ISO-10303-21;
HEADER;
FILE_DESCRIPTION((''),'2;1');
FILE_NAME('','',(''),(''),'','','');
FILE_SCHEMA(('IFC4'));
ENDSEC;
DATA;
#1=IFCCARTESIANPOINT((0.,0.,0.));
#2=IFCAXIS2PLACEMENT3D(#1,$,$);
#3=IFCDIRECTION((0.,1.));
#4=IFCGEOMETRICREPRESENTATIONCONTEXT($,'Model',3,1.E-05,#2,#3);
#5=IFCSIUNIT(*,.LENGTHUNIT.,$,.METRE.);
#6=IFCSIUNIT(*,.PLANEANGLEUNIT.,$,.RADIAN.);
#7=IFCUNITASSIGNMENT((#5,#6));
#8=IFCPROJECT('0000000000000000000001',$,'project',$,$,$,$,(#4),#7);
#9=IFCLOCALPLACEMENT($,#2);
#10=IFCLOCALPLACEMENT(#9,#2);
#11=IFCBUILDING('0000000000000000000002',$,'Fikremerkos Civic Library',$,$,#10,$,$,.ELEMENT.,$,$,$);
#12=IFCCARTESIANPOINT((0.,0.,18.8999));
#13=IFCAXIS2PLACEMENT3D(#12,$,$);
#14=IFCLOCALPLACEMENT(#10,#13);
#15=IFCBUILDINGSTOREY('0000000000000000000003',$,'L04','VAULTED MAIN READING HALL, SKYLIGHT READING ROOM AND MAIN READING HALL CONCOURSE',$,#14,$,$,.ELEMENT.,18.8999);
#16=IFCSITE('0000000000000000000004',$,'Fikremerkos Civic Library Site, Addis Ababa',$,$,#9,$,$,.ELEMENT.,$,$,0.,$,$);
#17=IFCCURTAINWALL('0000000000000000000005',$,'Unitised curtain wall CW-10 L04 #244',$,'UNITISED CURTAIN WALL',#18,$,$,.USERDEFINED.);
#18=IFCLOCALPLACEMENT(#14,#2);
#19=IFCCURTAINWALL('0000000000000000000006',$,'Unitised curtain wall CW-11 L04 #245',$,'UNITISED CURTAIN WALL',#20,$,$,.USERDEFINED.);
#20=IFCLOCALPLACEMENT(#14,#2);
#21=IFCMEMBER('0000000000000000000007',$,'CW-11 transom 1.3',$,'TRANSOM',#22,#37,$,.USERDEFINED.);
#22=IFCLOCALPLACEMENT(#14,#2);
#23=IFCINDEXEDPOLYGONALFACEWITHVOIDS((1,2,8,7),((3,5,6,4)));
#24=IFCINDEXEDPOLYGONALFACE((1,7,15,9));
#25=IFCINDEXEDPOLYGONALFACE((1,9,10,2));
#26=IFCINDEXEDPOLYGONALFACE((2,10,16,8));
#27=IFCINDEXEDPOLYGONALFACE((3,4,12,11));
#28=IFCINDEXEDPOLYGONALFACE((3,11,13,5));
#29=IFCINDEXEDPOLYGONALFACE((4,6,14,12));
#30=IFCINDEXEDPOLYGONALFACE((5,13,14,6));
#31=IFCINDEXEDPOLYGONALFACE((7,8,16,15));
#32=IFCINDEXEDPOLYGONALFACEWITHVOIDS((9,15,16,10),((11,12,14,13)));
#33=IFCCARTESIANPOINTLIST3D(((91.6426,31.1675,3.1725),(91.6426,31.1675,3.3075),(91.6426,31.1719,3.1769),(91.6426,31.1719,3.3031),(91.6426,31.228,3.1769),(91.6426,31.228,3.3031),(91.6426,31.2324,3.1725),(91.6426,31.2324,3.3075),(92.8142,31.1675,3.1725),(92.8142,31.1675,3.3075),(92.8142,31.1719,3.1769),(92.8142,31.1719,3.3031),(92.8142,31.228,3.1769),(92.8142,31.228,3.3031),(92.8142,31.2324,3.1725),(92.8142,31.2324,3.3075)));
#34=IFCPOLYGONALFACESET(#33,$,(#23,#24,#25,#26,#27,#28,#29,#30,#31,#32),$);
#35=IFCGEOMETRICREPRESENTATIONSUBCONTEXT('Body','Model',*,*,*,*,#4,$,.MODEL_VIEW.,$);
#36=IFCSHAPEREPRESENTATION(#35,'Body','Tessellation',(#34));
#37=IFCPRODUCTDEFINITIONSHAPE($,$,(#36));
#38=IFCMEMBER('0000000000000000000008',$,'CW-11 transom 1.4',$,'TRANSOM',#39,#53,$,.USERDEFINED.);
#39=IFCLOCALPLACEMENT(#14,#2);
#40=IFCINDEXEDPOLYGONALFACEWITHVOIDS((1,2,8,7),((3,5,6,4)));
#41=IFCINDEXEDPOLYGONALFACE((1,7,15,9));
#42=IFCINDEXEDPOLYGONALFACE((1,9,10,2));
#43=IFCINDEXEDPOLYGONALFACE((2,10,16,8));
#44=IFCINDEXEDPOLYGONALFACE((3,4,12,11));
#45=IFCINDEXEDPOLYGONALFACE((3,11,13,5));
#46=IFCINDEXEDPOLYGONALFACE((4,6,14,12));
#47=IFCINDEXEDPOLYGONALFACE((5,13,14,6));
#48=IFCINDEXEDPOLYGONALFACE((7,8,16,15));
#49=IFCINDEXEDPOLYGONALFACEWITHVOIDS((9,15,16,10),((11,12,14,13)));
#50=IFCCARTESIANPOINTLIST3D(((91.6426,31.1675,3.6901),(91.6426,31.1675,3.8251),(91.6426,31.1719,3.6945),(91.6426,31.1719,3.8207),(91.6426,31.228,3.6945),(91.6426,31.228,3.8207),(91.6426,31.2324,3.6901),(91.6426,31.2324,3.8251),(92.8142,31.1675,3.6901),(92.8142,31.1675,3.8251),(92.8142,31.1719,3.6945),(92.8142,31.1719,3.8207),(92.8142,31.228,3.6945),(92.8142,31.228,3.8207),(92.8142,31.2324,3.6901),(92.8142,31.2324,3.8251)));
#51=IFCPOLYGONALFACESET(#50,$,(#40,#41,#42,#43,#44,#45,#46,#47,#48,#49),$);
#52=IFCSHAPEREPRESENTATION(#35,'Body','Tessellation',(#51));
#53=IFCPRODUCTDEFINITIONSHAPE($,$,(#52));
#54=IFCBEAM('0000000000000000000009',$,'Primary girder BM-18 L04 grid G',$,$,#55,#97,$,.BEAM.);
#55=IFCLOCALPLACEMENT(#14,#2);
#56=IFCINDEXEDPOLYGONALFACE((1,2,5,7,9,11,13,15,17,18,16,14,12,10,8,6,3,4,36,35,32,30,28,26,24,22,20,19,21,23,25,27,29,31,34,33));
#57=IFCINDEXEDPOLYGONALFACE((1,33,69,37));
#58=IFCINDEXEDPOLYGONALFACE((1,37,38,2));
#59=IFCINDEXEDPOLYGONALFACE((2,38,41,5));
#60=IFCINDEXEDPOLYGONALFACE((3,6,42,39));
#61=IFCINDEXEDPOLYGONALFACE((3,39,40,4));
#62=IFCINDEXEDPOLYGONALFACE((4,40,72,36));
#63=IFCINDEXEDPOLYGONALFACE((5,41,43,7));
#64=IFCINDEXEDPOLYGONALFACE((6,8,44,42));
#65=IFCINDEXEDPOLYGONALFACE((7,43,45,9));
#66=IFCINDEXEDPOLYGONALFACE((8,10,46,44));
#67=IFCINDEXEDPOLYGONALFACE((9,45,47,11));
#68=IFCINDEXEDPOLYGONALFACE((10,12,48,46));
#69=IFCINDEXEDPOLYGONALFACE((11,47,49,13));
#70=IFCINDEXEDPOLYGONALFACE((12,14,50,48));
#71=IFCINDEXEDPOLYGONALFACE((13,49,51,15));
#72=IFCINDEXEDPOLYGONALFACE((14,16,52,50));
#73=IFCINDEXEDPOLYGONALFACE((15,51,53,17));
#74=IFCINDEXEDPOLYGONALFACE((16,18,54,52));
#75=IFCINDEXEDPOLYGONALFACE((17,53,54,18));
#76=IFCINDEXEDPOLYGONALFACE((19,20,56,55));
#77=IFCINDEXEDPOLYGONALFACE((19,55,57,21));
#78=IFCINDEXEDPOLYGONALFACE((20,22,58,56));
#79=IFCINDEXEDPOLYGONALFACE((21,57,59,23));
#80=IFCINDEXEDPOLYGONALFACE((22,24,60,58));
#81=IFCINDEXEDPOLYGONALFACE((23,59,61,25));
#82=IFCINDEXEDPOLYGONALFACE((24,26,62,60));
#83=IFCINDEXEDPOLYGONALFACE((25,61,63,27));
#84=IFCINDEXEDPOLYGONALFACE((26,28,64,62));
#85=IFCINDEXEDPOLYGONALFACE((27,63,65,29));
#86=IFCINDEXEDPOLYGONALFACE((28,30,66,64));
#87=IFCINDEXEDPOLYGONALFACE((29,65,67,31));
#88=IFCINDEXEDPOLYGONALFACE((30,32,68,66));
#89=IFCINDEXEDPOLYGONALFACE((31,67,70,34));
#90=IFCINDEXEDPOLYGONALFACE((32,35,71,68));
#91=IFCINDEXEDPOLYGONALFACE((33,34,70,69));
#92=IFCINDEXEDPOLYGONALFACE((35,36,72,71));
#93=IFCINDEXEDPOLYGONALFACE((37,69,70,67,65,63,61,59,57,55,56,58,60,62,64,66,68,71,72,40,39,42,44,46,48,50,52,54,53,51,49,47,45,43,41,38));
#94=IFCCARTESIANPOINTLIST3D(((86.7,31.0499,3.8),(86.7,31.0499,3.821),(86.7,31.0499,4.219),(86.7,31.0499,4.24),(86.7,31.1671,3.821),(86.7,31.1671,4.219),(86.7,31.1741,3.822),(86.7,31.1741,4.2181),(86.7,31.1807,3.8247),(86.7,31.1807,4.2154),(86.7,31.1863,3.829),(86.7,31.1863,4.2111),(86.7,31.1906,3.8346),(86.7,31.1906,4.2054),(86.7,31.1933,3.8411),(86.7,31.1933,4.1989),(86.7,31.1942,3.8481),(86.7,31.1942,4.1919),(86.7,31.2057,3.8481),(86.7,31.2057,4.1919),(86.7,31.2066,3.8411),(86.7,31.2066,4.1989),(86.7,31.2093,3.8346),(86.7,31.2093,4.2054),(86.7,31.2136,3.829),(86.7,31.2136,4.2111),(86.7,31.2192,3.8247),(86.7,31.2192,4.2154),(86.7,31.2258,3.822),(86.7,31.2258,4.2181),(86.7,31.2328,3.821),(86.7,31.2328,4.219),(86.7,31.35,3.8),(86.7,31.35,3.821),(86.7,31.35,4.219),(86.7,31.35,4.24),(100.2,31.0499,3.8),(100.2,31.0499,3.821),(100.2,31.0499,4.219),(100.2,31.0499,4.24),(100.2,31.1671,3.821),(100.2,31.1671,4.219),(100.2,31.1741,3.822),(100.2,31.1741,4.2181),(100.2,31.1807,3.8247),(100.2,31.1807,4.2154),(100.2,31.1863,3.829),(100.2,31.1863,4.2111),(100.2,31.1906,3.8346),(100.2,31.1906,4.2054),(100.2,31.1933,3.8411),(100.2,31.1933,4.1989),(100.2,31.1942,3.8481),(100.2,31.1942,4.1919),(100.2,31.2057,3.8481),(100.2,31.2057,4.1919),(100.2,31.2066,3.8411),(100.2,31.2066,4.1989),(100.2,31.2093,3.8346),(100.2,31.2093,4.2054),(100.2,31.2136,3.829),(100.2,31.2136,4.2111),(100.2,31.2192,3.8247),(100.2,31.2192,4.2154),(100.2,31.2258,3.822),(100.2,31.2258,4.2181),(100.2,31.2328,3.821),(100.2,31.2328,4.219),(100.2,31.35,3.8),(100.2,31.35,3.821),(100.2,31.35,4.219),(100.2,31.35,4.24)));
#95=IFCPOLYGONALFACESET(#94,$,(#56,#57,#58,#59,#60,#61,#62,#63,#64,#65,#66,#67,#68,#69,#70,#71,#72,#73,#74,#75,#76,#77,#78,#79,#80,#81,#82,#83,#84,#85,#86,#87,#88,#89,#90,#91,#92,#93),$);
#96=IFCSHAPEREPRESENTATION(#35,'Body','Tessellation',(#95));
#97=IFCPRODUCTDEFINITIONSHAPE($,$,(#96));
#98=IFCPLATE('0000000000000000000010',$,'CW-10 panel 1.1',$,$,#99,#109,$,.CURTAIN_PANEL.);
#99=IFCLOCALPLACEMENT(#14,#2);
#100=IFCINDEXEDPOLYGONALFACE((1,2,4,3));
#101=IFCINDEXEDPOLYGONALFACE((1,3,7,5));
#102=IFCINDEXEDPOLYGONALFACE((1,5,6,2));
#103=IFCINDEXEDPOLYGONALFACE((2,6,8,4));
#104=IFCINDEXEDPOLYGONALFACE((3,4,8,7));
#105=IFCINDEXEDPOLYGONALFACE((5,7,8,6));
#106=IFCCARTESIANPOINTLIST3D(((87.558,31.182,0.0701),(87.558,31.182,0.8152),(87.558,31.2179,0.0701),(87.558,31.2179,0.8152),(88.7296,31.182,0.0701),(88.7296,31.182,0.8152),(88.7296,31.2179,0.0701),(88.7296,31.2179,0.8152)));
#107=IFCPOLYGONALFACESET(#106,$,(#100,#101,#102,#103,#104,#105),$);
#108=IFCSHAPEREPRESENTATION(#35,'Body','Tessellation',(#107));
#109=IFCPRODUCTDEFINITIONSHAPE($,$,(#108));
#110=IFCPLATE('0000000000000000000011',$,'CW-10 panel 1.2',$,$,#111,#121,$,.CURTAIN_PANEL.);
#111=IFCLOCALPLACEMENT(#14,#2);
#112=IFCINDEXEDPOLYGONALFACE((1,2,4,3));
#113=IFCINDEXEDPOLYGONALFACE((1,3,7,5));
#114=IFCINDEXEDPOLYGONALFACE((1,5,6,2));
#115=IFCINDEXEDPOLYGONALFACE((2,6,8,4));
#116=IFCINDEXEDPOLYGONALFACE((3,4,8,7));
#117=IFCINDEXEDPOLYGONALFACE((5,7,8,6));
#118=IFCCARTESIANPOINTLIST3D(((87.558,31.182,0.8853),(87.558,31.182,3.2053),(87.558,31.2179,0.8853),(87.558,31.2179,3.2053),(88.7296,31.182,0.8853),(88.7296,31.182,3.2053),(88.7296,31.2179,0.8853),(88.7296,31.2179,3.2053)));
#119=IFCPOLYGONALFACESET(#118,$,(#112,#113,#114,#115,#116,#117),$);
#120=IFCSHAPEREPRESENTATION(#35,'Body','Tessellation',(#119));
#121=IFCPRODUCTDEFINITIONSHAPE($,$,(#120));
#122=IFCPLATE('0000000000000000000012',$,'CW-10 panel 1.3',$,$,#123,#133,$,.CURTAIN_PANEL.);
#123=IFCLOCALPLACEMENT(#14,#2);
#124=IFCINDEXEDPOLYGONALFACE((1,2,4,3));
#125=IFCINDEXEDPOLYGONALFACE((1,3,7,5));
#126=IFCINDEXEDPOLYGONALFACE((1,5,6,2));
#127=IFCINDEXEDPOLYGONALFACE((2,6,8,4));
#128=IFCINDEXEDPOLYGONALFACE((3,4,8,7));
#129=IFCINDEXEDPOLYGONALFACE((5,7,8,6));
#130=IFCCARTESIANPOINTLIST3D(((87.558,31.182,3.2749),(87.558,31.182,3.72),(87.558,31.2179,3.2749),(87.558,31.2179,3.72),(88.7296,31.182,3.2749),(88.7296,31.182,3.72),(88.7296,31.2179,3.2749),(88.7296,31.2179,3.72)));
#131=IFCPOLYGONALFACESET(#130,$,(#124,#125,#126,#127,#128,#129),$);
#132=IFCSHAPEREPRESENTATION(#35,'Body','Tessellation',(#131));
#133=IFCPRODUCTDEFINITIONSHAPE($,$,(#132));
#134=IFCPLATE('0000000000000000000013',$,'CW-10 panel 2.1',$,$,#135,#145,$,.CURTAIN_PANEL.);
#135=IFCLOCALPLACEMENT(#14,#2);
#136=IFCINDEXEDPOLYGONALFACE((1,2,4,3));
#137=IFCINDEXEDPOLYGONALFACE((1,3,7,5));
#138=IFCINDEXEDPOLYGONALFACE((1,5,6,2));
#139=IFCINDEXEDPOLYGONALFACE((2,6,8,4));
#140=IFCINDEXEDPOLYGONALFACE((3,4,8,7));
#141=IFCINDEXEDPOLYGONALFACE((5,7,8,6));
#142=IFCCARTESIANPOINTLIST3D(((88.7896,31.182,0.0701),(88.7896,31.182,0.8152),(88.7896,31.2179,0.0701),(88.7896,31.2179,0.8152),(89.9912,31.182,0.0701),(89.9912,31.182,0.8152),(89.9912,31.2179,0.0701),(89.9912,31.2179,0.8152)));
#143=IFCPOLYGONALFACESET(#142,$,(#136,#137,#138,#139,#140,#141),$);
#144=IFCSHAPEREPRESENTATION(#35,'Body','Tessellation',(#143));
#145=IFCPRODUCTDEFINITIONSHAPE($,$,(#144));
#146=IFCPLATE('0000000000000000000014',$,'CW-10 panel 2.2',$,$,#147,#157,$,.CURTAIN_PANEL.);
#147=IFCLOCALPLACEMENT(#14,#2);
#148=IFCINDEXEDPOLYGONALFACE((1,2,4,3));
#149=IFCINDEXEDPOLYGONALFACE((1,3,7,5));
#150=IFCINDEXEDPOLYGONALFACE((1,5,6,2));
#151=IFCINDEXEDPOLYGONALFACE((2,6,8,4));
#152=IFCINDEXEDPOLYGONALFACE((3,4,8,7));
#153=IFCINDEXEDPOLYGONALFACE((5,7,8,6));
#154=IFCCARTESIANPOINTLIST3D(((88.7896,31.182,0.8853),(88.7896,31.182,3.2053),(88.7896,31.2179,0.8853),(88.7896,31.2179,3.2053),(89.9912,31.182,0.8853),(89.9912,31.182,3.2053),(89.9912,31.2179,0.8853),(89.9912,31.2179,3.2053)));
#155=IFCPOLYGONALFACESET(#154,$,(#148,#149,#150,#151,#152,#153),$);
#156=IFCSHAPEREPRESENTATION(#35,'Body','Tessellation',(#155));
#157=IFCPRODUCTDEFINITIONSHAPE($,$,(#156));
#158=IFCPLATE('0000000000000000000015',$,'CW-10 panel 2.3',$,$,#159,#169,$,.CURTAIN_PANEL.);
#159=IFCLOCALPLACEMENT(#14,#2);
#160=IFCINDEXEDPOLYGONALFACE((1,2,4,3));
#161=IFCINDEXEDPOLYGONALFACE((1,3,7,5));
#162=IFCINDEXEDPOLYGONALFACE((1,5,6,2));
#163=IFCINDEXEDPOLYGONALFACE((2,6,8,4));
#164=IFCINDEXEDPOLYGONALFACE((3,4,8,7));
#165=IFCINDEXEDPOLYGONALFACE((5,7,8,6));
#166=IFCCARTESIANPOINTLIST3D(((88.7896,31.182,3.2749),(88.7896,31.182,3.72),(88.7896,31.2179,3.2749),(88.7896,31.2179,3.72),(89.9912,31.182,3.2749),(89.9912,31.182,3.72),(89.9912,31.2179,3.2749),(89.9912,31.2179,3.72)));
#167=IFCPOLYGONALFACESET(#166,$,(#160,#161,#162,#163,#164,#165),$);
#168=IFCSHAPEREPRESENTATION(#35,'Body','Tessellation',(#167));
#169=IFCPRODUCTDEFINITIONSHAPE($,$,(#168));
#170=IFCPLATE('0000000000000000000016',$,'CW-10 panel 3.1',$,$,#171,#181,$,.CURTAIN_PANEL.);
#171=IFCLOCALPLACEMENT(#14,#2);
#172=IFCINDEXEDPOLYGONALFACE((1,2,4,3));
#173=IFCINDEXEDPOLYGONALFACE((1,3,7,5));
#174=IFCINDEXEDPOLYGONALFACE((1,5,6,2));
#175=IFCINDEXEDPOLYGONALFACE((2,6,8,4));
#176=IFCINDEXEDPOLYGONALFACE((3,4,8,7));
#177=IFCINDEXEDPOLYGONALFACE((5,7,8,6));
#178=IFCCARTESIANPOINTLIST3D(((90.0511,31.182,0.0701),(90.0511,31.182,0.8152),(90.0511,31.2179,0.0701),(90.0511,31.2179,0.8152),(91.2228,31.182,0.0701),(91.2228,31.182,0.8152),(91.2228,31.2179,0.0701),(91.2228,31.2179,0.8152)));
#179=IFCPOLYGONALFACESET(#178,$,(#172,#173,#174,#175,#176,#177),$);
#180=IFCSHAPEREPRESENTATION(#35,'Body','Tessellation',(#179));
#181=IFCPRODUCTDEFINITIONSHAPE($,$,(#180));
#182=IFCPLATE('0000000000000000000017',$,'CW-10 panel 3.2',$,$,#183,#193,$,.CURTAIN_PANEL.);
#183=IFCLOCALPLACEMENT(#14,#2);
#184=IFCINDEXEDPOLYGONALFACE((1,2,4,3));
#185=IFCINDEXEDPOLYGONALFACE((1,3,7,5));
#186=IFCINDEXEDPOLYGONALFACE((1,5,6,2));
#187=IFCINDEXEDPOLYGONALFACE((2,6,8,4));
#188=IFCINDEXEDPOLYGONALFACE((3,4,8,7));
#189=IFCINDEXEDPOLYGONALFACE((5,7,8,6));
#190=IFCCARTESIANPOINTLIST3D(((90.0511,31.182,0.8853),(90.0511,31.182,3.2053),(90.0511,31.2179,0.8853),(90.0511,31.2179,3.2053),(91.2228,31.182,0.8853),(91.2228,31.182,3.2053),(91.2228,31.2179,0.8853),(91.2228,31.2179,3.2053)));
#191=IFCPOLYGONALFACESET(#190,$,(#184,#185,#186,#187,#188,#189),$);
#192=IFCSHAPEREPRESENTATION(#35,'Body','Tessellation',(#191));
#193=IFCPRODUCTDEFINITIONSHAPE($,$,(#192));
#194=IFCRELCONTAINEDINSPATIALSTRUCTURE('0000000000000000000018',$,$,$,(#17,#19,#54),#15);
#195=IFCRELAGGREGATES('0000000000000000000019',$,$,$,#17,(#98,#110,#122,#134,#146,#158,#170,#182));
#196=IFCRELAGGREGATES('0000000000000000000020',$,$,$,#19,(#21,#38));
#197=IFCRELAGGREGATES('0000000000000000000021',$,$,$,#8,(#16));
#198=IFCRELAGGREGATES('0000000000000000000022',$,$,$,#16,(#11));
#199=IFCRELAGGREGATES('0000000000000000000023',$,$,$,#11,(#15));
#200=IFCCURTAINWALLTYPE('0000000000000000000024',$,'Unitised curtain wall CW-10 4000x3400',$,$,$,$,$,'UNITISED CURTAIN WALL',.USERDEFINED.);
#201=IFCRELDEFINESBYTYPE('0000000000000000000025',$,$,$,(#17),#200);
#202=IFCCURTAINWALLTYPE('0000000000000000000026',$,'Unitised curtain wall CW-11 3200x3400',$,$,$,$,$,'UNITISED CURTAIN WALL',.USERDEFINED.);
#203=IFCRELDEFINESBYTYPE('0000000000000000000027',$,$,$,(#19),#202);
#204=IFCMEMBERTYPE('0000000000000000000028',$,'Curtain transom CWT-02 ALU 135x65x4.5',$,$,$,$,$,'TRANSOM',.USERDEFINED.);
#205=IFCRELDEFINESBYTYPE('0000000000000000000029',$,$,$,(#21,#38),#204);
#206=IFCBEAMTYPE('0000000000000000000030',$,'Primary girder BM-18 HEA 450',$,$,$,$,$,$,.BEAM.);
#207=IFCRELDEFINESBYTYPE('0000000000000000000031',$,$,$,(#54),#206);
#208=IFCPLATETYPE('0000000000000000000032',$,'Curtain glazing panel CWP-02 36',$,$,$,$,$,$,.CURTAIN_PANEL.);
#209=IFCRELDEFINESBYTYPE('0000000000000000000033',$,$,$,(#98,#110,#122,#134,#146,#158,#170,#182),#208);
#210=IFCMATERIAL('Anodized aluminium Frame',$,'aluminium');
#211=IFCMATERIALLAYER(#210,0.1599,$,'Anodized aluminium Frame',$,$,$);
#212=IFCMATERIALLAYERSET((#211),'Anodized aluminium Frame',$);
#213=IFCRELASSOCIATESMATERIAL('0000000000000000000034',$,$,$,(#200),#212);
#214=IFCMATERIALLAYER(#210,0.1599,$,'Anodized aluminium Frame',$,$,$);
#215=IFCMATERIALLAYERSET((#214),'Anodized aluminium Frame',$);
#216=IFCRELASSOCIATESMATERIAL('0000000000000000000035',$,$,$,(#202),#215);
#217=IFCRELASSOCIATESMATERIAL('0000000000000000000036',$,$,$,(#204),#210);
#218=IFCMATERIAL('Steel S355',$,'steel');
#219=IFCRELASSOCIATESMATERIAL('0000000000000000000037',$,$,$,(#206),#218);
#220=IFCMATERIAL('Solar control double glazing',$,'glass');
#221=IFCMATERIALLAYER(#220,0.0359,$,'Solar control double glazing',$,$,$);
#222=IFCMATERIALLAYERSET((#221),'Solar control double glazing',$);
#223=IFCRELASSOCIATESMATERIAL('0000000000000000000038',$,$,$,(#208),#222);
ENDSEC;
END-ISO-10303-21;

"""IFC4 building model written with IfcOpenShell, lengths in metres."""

from ifc_helpers import new_model, si_unit, direction, frame, origin, origin_2d, place, context, subcontext, project, spatial, rectangle, hollow_rectangle, i_section, extrude, material, layer, layer_set, material_profile, profile_set, type_object, element, aggregate, save


model = new_model("IFC4")

# Units and contexts
model_context = context("Model", 3, precision=1e-05, world=origin(), true_north=direction((0.0, 1.0)))
body_context = subcontext(model_context, "Body", "Model", "MODEL_VIEW")
ifc_project = project(units=[si_unit("LENGTHUNIT", "METRE"), si_unit("PLANEANGLEUNIT", "RADIAN")], contexts=[model_context])

# Site, building, storey
site_placement = place(None, origin())
site = spatial("IfcSite", under=ifc_project, at=site_placement, Name="Fikremerkos Civic Library Site, Addis Ababa", CompositionType="ELEMENT", RefElevation=0.0)
building_placement = place(site_placement, origin())
building = spatial("IfcBuilding", under=site, at=building_placement, Name="Fikremerkos Civic Library", CompositionType="ELEMENT")
storey_placement = place(building_placement, frame((0.0, 0.0, 18.8999)))
storey = spatial("IfcBuildingStorey", under=building, at=storey_placement, Name="L04", Description="VAULTED MAIN READING HALL, SKYLIGHT READING ROOM AND MAIN READING HALL CONCOURSE", CompositionType="ELEMENT", Elevation=18.8999)

# Shared definitions
ifc_material_1 = material(Name="Anodized aluminium Frame", Category="aluminium")

# Curtain wall
ifc_layer_1 = layer(ifc_material_1, 0.1599, Name="Anodized aluminium Frame")
ifc_layer_set_1 = layer_set([ifc_layer_1], Name="Anodized aluminium Frame")
curtain_wall_type_1 = type_object("IfcCurtainWallType", Name="Unitised curtain wall CW-10 4000x3400", ElementType="UNITISED CURTAIN WALL", PredefinedType="USERDEFINED", material=ifc_layer_set_1)
curtain_wall_1_placement = place(storey_placement, origin())
curtain_wall_1 = element("IfcCurtainWall", 1, at=curtain_wall_1_placement, inside=storey, type_object=curtain_wall_type_1, Name="Unitised curtain wall CW-10 L04 #244", ObjectType="UNITISED CURTAIN WALL", PredefinedType="USERDEFINED")

# Curtain wall
ifc_layer_2 = layer(ifc_material_1, 0.1599, Name="Anodized aluminium Frame")
ifc_layer_set_2 = layer_set([ifc_layer_2], Name="Anodized aluminium Frame")
curtain_wall_type_2 = type_object("IfcCurtainWallType", Name="Unitised curtain wall CW-11 3200x3400", ElementType="UNITISED CURTAIN WALL", PredefinedType="USERDEFINED", material=ifc_layer_set_2)
curtain_wall_2_placement = place(storey_placement, origin())
curtain_wall_2 = element("IfcCurtainWall", 2, at=curtain_wall_2_placement, inside=storey, type_object=curtain_wall_type_2, Name="Unitised curtain wall CW-11 L04 #245", ObjectType="UNITISED CURTAIN WALL", PredefinedType="USERDEFINED")

# Members
ifc_material_profile_1 = material_profile(ifc_material_1, hollow_rectangle(XDim=0.0649, YDim=0.135, WallThickness=0.0044, at=origin_2d()), Name="ALU 135x65x4.5")
ifc_profile_set_1 = profile_set([ifc_material_profile_1], Name="Anodized aluminium Frame")
member_type_1 = type_object("IfcMemberType", Name="Curtain transom CWT-02 ALU 135x65x4.5", ElementType="TRANSOM", PredefinedType="USERDEFINED", material=ifc_profile_set_1)
member_1_placement = place(storey_placement, frame((91.6426, 31.2, 3.24), z_axis=(1.0, 0.0, 0.0), x_axis=(0.0, 1.0, 0.0)))
member_1 = element("IfcMember", 3, at=member_1_placement, type_object=member_type_1, Name="CW-11 transom 1.3", ObjectType="TRANSOM", PredefinedType="USERDEFINED", context=body_context, shape_type="SweptSolid", body=[
    extrude(hollow_rectangle(XDim=0.0649, YDim=0.135, WallThickness=0.0044, at=origin_2d()), origin(), (0.0, 0.0, 1.0), 1.1716),
])
member_2_placement = place(storey_placement, frame((91.6426, 31.2, 3.7576), z_axis=(1.0, 0.0, 0.0), x_axis=(0.0, 1.0, 0.0)))
member_2 = element("IfcMember", 4, at=member_2_placement, type_object=member_type_1, Name="CW-11 transom 1.4", ObjectType="TRANSOM", PredefinedType="USERDEFINED", context=body_context, shape_type="SweptSolid", body=[
    extrude(hollow_rectangle(XDim=0.0649, YDim=0.135, WallThickness=0.0044, at=origin_2d()), origin(), (0.0, 0.0, 1.0), 1.1716),
])

# Beam
ifc_material_2 = material(Name="Steel S355", Category="steel")
ifc_material_profile_2 = material_profile(ifc_material_2, i_section(OverallWidth=0.3, OverallDepth=0.4399, WebThickness=0.0115, FlangeThickness=0.021, FilletRadius=0.0271, at=origin_2d()), Name="HEA 450")
ifc_profile_set_2 = profile_set([ifc_material_profile_2], Name="Steel S355")
beam_type = type_object("IfcBeamType", Name="Primary girder BM-18 HEA 450", PredefinedType="BEAM", material=ifc_profile_set_2)
beam_placement = place(storey_placement, frame((86.7, 31.2, 4.02), z_axis=(1.0, 0.0, 0.0), x_axis=(0.0, 1.0, 0.0)))
element("IfcBeam", 5, at=beam_placement, inside=storey, type_object=beam_type, Name="Primary girder BM-18 L04 grid G", PredefinedType="BEAM", context=body_context, shape_type="SweptSolid", body=[
    extrude(i_section(OverallWidth=0.3, OverallDepth=0.4399, WebThickness=0.0115, FlangeThickness=0.021, FilletRadius=0.0271, at=origin_2d()), origin(), (0.0, 0.0, 1.0), 13.5),
])

# Plates
ifc_material_3 = material(Name="Solar control double glazing", Category="glass")
ifc_layer_3 = layer(ifc_material_3, 0.0359, Name="Solar control double glazing")
ifc_layer_set_3 = layer_set([ifc_layer_3], Name="Solar control double glazing")
plate_type_1 = type_object("IfcPlateType", Name="Curtain glazing panel CWP-02 36", PredefinedType="CURTAIN_PANEL", material=ifc_layer_set_3)
plate_1_placement = place(storey_placement, frame((88.1438, 31.2, 0.0701), z_axis=(0.0, 0.0, 1.0), x_axis=(1.0, 0.0, 0.0)))
plate_1 = element("IfcPlate", 6, at=plate_1_placement, type_object=plate_type_1, Name="CW-10 panel 1.1", PredefinedType="CURTAIN_PANEL", context=body_context, shape_type="SweptSolid", body=[
    extrude(rectangle(XDim=1.1716, YDim=0.0359, at=origin_2d()), origin(), (0.0, 0.0, 1.0), 0.7451),
])
plate_2_placement = place(storey_placement, frame((88.1438, 31.2, 0.8853), z_axis=(0.0, 0.0, 1.0), x_axis=(1.0, 0.0, 0.0)))
plate_2 = element("IfcPlate", 7, at=plate_2_placement, type_object=plate_type_1, Name="CW-10 panel 1.2", PredefinedType="CURTAIN_PANEL", context=body_context, shape_type="SweptSolid", body=[
    extrude(rectangle(XDim=1.1716, YDim=0.0359, at=origin_2d()), origin(), (0.0, 0.0, 1.0), 2.3201),
])
plate_3_placement = place(storey_placement, frame((88.1438, 31.2, 3.2749), z_axis=(0.0, 0.0, 1.0), x_axis=(1.0, 0.0, 0.0)))
plate_3 = element("IfcPlate", 8, at=plate_3_placement, type_object=plate_type_1, Name="CW-10 panel 1.3", PredefinedType="CURTAIN_PANEL", context=body_context, shape_type="SweptSolid", body=[
    extrude(rectangle(XDim=1.1716, YDim=0.0359, at=origin_2d()), origin(), (0.0, 0.0, 1.0), 0.4451),
])
plate_4_placement = place(storey_placement, frame((89.3904, 31.2, 0.0701), z_axis=(0.0, 0.0, 1.0), x_axis=(1.0, 0.0, 0.0)))
plate_4 = element("IfcPlate", 9, at=plate_4_placement, type_object=plate_type_1, Name="CW-10 panel 2.1", PredefinedType="CURTAIN_PANEL", context=body_context, shape_type="SweptSolid", body=[
    extrude(rectangle(XDim=1.2017, YDim=0.0359, at=origin_2d()), origin(), (0.0, 0.0, 1.0), 0.7451),
])
plate_5_placement = place(storey_placement, frame((89.3904, 31.2, 0.8853), z_axis=(0.0, 0.0, 1.0), x_axis=(1.0, 0.0, 0.0)))
plate_5 = element("IfcPlate", 10, at=plate_5_placement, type_object=plate_type_1, Name="CW-10 panel 2.2", PredefinedType="CURTAIN_PANEL", context=body_context, shape_type="SweptSolid", body=[
    extrude(rectangle(XDim=1.2017, YDim=0.0359, at=origin_2d()), origin(), (0.0, 0.0, 1.0), 2.3201),
])
plate_6_placement = place(storey_placement, frame((89.3904, 31.2, 3.2749), z_axis=(0.0, 0.0, 1.0), x_axis=(1.0, 0.0, 0.0)))
plate_6 = element("IfcPlate", 11, at=plate_6_placement, type_object=plate_type_1, Name="CW-10 panel 2.3", PredefinedType="CURTAIN_PANEL", context=body_context, shape_type="SweptSolid", body=[
    extrude(rectangle(XDim=1.2017, YDim=0.0359, at=origin_2d()), origin(), (0.0, 0.0, 1.0), 0.4451),
])
plate_7_placement = place(storey_placement, frame((90.637, 31.2, 0.0701), z_axis=(0.0, 0.0, 1.0), x_axis=(1.0, 0.0, 0.0)))
plate_7 = element("IfcPlate", 12, at=plate_7_placement, type_object=plate_type_1, Name="CW-10 panel 3.1", PredefinedType="CURTAIN_PANEL", context=body_context, shape_type="SweptSolid", body=[
    extrude(rectangle(XDim=1.1716, YDim=0.0359, at=origin_2d()), origin(), (0.0, 0.0, 1.0), 0.7451),
])
plate_8_placement = place(storey_placement, frame((90.637, 31.2, 0.8853), z_axis=(0.0, 0.0, 1.0), x_axis=(1.0, 0.0, 0.0)))
plate_8 = element("IfcPlate", 13, at=plate_8_placement, type_object=plate_type_1, Name="CW-10 panel 3.2", PredefinedType="CURTAIN_PANEL", context=body_context, shape_type="SweptSolid", body=[
    extrude(rectangle(XDim=1.1716, YDim=0.0359, at=origin_2d()), origin(), (0.0, 0.0, 1.0), 2.3201),
])
aggregate(curtain_wall_1, [plate_1, plate_2, plate_3, plate_4, plate_5, plate_6, plate_7, plate_8])
aggregate(curtain_wall_2, [member_1, member_2])

save(model, "model.ifc")
